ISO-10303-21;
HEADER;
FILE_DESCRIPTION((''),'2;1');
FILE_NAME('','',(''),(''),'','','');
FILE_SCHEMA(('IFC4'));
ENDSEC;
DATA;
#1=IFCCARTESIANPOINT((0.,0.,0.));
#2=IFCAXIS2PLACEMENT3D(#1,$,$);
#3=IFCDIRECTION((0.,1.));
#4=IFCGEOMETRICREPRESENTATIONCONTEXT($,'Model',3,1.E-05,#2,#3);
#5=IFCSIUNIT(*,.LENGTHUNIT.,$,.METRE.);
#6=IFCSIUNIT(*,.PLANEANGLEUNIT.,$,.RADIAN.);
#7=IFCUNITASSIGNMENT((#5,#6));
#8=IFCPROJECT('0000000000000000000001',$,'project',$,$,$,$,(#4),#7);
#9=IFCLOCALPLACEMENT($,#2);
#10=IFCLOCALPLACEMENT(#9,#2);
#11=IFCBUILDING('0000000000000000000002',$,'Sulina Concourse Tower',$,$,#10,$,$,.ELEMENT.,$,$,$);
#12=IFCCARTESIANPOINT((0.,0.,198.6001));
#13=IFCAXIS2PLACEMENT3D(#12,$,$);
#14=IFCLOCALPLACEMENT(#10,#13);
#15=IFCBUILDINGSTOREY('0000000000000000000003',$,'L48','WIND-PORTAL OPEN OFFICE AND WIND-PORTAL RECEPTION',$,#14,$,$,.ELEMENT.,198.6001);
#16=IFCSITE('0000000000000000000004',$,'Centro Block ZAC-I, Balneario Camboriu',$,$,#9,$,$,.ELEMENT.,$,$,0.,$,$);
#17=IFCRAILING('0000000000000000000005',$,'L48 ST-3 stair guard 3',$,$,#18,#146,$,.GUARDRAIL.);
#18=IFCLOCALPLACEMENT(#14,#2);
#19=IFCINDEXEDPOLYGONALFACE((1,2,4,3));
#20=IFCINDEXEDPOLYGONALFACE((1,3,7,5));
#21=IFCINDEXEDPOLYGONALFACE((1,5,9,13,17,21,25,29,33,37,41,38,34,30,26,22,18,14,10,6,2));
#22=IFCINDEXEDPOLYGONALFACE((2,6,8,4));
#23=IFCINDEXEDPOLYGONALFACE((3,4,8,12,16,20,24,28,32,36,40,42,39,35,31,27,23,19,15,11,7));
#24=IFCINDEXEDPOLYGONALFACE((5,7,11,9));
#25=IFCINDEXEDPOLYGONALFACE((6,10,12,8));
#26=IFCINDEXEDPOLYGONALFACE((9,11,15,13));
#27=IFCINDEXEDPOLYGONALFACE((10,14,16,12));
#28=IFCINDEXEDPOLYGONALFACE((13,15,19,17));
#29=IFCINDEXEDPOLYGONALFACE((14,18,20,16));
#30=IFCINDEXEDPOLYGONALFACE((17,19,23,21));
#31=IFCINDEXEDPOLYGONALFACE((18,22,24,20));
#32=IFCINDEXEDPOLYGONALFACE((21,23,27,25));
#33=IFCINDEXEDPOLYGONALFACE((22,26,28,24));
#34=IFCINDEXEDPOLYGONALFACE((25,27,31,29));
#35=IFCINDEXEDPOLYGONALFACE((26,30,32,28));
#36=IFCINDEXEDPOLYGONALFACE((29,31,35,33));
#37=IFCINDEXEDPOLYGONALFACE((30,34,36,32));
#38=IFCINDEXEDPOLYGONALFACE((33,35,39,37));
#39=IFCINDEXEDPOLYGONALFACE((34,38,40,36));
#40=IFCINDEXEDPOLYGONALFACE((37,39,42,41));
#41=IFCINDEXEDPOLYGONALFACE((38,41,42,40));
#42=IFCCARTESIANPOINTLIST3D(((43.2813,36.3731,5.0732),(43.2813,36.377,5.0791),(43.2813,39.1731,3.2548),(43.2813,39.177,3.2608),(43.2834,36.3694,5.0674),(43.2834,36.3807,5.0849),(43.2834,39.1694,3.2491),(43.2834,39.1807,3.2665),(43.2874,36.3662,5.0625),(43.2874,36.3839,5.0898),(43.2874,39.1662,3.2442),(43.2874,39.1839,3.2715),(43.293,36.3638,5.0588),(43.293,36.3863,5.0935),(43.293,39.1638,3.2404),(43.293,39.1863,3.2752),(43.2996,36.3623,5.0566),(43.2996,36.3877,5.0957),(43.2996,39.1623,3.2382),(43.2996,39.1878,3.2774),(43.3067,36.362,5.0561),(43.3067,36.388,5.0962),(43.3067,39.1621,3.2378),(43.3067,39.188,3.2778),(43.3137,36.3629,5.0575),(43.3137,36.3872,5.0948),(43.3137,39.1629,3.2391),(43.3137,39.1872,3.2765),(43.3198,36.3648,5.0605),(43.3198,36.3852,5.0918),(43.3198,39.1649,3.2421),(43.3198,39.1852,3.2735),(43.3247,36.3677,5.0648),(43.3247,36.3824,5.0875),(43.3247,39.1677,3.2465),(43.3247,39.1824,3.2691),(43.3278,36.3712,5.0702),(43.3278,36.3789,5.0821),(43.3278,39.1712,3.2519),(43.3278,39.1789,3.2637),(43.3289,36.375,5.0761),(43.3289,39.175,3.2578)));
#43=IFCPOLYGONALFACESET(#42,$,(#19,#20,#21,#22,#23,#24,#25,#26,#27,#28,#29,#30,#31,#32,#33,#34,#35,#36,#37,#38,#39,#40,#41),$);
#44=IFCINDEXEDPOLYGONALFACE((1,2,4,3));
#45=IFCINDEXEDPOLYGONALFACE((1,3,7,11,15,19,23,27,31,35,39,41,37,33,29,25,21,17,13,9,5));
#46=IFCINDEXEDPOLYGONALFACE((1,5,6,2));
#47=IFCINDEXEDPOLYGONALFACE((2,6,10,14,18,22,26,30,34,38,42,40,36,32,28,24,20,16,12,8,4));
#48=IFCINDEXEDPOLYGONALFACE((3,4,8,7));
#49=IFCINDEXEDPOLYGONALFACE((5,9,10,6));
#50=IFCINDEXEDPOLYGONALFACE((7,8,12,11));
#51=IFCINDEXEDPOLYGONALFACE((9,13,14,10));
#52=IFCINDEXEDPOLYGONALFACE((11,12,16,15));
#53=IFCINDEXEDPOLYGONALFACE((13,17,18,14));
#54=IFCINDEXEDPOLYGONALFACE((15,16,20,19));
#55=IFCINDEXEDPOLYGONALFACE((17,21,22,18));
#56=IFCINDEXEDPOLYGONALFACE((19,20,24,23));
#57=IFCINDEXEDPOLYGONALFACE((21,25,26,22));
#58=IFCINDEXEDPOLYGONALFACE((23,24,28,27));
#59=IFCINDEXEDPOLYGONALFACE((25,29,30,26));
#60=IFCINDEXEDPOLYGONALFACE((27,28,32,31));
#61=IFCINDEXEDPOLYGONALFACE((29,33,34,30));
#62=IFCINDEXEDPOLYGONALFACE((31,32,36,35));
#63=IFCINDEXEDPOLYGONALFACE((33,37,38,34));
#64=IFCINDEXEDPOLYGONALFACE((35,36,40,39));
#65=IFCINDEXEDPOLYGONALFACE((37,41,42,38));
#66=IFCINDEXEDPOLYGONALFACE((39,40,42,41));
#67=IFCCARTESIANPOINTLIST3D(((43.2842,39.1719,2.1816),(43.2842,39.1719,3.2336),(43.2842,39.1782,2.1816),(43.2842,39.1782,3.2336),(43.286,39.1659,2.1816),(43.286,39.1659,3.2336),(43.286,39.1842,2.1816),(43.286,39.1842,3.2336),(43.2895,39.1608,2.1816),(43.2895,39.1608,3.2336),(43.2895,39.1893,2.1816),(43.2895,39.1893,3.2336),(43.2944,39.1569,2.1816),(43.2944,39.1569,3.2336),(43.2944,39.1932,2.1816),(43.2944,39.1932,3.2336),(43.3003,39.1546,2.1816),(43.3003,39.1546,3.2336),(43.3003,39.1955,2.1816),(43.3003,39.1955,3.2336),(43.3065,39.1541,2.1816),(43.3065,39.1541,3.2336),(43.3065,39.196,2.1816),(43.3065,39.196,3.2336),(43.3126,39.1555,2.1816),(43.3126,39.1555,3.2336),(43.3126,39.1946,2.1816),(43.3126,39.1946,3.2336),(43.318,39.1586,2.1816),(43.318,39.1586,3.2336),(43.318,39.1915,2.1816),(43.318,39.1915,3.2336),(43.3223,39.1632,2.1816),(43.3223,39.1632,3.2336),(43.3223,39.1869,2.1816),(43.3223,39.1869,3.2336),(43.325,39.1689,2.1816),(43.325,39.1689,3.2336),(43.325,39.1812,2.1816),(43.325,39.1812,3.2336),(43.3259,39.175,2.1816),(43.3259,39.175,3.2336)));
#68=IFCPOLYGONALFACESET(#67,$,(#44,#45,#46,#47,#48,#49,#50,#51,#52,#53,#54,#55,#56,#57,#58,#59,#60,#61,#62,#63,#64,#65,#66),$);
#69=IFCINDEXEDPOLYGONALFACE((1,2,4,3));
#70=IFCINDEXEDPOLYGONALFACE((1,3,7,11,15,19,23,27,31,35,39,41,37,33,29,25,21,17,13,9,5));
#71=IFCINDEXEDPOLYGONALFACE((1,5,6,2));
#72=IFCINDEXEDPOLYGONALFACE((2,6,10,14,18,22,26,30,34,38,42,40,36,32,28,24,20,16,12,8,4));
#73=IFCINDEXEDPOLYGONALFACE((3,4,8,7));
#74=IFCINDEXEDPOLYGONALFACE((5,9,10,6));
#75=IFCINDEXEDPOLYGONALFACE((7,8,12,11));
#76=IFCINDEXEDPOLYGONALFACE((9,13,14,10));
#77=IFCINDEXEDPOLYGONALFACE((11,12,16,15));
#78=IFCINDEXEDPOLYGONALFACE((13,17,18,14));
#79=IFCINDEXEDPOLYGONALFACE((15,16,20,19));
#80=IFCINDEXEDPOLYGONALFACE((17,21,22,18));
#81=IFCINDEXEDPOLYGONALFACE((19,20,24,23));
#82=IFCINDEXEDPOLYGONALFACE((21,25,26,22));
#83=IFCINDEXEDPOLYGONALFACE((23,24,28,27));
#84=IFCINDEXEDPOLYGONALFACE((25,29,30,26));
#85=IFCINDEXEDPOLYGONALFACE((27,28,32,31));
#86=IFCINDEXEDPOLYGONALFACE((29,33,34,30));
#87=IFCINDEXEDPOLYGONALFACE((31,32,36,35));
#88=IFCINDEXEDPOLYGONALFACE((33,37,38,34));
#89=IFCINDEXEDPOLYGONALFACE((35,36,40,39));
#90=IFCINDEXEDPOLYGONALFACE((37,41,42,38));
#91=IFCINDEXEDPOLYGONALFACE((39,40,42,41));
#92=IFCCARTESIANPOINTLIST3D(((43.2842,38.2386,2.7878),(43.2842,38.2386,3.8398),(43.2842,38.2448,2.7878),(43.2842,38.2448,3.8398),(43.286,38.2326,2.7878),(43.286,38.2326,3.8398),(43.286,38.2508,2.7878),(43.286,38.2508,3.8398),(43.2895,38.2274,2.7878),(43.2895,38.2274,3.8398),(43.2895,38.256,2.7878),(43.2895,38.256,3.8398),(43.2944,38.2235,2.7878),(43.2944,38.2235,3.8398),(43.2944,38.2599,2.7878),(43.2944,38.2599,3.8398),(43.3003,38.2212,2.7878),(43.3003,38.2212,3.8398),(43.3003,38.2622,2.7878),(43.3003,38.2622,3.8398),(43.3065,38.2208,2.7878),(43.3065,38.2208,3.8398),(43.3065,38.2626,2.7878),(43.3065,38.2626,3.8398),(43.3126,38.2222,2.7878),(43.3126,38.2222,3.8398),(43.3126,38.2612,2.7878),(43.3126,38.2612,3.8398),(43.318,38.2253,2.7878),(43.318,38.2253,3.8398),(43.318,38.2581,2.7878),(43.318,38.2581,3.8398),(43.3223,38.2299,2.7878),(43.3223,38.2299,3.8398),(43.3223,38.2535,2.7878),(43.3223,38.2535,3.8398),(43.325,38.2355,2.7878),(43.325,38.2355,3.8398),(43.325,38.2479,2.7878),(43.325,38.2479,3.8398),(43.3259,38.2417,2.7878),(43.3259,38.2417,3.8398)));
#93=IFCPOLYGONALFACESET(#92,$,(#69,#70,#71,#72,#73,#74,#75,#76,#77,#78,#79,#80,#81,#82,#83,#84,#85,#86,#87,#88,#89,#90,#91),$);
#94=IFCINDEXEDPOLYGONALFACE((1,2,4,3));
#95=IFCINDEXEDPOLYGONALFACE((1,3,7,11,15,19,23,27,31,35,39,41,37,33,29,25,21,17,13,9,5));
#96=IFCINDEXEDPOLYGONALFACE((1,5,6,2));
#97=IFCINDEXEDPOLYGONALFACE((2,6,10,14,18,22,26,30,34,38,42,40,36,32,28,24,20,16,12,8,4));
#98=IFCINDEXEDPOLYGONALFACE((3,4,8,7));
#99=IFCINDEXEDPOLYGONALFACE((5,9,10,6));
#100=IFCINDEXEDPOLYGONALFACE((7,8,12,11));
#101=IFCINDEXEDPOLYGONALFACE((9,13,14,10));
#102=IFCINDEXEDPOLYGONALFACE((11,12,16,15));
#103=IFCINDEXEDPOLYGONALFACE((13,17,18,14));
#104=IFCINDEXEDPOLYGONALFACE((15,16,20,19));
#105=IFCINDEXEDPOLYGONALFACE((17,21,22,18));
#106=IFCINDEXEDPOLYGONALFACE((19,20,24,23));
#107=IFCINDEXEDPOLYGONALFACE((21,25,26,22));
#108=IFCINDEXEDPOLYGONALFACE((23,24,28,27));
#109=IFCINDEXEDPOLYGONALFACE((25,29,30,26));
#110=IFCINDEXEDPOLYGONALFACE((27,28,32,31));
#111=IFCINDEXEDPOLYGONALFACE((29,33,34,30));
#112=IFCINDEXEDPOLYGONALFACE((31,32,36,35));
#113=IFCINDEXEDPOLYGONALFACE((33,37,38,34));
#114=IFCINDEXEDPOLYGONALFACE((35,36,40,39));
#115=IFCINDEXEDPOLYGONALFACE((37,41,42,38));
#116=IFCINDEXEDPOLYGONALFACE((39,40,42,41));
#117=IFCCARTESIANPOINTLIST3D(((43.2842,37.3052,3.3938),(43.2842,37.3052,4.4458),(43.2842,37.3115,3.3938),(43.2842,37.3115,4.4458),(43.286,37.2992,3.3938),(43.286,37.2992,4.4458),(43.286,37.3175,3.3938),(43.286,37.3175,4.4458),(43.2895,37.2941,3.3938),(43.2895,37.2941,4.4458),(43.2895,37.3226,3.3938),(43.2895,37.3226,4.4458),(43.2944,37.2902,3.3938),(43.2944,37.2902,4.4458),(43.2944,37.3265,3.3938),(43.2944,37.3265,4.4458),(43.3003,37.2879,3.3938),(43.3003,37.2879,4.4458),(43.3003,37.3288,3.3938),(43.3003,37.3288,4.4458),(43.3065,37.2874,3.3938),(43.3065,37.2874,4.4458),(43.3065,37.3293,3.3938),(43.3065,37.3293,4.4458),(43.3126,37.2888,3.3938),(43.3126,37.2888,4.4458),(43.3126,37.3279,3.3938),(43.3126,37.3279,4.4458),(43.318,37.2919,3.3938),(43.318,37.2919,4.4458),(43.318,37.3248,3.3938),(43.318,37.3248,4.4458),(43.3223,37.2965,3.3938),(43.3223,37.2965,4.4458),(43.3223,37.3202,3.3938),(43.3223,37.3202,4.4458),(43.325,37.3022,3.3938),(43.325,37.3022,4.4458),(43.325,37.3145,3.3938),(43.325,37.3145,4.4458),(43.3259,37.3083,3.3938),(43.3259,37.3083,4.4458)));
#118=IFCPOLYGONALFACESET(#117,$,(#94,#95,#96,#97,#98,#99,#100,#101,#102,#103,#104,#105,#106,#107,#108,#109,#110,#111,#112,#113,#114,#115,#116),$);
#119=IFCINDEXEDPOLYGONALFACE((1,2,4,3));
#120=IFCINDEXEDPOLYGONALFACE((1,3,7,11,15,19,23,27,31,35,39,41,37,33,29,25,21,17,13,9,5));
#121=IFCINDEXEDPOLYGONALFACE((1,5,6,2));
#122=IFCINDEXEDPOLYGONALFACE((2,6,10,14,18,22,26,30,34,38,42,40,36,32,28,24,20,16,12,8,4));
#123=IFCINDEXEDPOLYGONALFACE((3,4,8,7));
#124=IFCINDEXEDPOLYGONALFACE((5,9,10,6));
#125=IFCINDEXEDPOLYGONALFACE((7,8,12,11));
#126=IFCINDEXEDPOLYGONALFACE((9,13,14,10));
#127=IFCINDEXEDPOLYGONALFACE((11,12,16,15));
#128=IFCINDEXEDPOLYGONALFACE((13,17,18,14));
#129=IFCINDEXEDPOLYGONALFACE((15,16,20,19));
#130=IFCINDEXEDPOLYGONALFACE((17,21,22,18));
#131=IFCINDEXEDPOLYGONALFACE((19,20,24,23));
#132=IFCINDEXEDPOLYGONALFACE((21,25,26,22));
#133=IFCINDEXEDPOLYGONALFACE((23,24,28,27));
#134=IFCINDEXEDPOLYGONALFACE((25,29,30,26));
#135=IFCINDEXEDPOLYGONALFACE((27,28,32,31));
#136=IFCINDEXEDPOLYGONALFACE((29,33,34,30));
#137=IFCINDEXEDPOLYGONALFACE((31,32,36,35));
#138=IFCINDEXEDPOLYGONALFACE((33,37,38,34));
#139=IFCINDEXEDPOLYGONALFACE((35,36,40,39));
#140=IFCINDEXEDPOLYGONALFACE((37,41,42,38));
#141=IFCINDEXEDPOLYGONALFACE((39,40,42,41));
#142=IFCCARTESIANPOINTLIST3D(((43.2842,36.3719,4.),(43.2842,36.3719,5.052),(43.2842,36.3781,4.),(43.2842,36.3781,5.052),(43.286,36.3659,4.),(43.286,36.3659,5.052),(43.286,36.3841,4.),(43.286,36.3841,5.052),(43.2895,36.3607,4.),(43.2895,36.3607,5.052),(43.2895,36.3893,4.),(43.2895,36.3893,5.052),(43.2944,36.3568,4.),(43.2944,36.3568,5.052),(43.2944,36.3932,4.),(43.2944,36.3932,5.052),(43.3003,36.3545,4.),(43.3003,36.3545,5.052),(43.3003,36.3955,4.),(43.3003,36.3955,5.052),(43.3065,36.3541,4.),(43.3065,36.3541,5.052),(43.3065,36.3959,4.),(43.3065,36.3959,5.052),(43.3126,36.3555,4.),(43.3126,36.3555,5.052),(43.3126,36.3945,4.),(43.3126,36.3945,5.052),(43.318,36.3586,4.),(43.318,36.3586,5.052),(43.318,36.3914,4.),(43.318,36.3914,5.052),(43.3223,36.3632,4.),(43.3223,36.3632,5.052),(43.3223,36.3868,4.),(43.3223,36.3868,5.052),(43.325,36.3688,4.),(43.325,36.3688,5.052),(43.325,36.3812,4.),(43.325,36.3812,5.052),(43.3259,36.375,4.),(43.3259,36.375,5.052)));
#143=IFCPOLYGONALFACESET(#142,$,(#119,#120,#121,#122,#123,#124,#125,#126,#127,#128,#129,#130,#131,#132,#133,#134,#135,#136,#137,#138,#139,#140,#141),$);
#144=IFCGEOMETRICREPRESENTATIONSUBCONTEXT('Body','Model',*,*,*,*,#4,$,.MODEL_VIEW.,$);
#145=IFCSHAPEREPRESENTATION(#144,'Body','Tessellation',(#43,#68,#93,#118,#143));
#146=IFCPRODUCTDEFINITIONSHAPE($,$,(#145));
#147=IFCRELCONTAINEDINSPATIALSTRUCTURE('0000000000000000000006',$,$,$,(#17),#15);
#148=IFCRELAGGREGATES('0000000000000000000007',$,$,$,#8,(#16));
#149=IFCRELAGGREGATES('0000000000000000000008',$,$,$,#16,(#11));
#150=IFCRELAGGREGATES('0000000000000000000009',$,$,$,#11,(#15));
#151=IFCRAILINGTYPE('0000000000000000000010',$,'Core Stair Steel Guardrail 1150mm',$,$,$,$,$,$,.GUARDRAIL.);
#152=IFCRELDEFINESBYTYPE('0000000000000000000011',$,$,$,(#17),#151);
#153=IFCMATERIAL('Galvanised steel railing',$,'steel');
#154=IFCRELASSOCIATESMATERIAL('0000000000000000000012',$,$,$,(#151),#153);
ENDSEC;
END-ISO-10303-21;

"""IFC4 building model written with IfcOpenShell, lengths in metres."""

from ifc_helpers import new_model, si_unit, direction, frame, origin, origin_2d, place, context, subcontext, project, spatial, circle, extrude, material, type_object, element, save


model = new_model("IFC4")

# Units and contexts
model_context = context("Model", 3, precision=1e-05, world=origin(), true_north=direction((0.0, 1.0)))
body_context = subcontext(model_context, "Body", "Model", "MODEL_VIEW")
ifc_project = project(units=[si_unit("LENGTHUNIT", "METRE"), si_unit("PLANEANGLEUNIT", "RADIAN")], contexts=[model_context])

# Site, building, storey
site_placement = place(None, origin())
site = spatial("IfcSite", under=ifc_project, at=site_placement, Name="Centro Block ZAC-I, Balneario Camboriu", CompositionType="ELEMENT", RefElevation=0.0)
building_placement = place(site_placement, origin())
building = spatial("IfcBuilding", under=site, at=building_placement, Name="Sulina Concourse Tower", CompositionType="ELEMENT")
storey_placement = place(building_placement, frame((0.0, 0.0, 198.6001)))
storey = spatial("IfcBuildingStorey", under=building, at=storey_placement, Name="L48", Description="WIND-PORTAL OPEN OFFICE AND WIND-PORTAL RECEPTION", CompositionType="ELEMENT", Elevation=198.6001)

# Railing
ifc_material_1 = material(Name="Galvanised steel railing", Category="steel")
railing_type_1 = type_object("IfcRailingType", Name="Core Stair Steel Guardrail 1150mm", PredefinedType="GUARDRAIL", material=ifc_material_1)
railing_1_placement = place(storey_placement, frame((43.3049, 39.175, 2.1816)))
element("IfcRailing", 1, at=railing_1_placement, inside=storey, type_object=railing_type_1, Name="L48 ST-3 stair guard 3", PredefinedType="GUARDRAIL", context=body_context, shape_type="SweptSolid", body=[
    extrude(circle(Radius=0.0239, at=origin_2d()), frame((0.0, 0.0, 1.0762), z_axis=(0.0, -0.838672, 0.544636), x_axis=(1.0, 0.0, 0.0)), (0.0, 0.0, 1.0), 3.3386),
    extrude(circle(Radius=0.021, at=origin_2d()), origin(), (0.0, 0.0, 1.0), 1.052),
    extrude(circle(Radius=0.021, at=origin_2d()), frame((0.0, -0.9333, 0.6062)), (0.0, 0.0, 1.0), 1.052),
    extrude(circle(Radius=0.021, at=origin_2d()), frame((0.0, -1.8667, 1.2122)), (0.0, 0.0, 1.0), 1.052),
    extrude(circle(Radius=0.021, at=origin_2d()), frame((0.0, -2.8, 1.8184)), (0.0, 0.0, 1.0), 1.052),
])

save(model, "model.ifc")
